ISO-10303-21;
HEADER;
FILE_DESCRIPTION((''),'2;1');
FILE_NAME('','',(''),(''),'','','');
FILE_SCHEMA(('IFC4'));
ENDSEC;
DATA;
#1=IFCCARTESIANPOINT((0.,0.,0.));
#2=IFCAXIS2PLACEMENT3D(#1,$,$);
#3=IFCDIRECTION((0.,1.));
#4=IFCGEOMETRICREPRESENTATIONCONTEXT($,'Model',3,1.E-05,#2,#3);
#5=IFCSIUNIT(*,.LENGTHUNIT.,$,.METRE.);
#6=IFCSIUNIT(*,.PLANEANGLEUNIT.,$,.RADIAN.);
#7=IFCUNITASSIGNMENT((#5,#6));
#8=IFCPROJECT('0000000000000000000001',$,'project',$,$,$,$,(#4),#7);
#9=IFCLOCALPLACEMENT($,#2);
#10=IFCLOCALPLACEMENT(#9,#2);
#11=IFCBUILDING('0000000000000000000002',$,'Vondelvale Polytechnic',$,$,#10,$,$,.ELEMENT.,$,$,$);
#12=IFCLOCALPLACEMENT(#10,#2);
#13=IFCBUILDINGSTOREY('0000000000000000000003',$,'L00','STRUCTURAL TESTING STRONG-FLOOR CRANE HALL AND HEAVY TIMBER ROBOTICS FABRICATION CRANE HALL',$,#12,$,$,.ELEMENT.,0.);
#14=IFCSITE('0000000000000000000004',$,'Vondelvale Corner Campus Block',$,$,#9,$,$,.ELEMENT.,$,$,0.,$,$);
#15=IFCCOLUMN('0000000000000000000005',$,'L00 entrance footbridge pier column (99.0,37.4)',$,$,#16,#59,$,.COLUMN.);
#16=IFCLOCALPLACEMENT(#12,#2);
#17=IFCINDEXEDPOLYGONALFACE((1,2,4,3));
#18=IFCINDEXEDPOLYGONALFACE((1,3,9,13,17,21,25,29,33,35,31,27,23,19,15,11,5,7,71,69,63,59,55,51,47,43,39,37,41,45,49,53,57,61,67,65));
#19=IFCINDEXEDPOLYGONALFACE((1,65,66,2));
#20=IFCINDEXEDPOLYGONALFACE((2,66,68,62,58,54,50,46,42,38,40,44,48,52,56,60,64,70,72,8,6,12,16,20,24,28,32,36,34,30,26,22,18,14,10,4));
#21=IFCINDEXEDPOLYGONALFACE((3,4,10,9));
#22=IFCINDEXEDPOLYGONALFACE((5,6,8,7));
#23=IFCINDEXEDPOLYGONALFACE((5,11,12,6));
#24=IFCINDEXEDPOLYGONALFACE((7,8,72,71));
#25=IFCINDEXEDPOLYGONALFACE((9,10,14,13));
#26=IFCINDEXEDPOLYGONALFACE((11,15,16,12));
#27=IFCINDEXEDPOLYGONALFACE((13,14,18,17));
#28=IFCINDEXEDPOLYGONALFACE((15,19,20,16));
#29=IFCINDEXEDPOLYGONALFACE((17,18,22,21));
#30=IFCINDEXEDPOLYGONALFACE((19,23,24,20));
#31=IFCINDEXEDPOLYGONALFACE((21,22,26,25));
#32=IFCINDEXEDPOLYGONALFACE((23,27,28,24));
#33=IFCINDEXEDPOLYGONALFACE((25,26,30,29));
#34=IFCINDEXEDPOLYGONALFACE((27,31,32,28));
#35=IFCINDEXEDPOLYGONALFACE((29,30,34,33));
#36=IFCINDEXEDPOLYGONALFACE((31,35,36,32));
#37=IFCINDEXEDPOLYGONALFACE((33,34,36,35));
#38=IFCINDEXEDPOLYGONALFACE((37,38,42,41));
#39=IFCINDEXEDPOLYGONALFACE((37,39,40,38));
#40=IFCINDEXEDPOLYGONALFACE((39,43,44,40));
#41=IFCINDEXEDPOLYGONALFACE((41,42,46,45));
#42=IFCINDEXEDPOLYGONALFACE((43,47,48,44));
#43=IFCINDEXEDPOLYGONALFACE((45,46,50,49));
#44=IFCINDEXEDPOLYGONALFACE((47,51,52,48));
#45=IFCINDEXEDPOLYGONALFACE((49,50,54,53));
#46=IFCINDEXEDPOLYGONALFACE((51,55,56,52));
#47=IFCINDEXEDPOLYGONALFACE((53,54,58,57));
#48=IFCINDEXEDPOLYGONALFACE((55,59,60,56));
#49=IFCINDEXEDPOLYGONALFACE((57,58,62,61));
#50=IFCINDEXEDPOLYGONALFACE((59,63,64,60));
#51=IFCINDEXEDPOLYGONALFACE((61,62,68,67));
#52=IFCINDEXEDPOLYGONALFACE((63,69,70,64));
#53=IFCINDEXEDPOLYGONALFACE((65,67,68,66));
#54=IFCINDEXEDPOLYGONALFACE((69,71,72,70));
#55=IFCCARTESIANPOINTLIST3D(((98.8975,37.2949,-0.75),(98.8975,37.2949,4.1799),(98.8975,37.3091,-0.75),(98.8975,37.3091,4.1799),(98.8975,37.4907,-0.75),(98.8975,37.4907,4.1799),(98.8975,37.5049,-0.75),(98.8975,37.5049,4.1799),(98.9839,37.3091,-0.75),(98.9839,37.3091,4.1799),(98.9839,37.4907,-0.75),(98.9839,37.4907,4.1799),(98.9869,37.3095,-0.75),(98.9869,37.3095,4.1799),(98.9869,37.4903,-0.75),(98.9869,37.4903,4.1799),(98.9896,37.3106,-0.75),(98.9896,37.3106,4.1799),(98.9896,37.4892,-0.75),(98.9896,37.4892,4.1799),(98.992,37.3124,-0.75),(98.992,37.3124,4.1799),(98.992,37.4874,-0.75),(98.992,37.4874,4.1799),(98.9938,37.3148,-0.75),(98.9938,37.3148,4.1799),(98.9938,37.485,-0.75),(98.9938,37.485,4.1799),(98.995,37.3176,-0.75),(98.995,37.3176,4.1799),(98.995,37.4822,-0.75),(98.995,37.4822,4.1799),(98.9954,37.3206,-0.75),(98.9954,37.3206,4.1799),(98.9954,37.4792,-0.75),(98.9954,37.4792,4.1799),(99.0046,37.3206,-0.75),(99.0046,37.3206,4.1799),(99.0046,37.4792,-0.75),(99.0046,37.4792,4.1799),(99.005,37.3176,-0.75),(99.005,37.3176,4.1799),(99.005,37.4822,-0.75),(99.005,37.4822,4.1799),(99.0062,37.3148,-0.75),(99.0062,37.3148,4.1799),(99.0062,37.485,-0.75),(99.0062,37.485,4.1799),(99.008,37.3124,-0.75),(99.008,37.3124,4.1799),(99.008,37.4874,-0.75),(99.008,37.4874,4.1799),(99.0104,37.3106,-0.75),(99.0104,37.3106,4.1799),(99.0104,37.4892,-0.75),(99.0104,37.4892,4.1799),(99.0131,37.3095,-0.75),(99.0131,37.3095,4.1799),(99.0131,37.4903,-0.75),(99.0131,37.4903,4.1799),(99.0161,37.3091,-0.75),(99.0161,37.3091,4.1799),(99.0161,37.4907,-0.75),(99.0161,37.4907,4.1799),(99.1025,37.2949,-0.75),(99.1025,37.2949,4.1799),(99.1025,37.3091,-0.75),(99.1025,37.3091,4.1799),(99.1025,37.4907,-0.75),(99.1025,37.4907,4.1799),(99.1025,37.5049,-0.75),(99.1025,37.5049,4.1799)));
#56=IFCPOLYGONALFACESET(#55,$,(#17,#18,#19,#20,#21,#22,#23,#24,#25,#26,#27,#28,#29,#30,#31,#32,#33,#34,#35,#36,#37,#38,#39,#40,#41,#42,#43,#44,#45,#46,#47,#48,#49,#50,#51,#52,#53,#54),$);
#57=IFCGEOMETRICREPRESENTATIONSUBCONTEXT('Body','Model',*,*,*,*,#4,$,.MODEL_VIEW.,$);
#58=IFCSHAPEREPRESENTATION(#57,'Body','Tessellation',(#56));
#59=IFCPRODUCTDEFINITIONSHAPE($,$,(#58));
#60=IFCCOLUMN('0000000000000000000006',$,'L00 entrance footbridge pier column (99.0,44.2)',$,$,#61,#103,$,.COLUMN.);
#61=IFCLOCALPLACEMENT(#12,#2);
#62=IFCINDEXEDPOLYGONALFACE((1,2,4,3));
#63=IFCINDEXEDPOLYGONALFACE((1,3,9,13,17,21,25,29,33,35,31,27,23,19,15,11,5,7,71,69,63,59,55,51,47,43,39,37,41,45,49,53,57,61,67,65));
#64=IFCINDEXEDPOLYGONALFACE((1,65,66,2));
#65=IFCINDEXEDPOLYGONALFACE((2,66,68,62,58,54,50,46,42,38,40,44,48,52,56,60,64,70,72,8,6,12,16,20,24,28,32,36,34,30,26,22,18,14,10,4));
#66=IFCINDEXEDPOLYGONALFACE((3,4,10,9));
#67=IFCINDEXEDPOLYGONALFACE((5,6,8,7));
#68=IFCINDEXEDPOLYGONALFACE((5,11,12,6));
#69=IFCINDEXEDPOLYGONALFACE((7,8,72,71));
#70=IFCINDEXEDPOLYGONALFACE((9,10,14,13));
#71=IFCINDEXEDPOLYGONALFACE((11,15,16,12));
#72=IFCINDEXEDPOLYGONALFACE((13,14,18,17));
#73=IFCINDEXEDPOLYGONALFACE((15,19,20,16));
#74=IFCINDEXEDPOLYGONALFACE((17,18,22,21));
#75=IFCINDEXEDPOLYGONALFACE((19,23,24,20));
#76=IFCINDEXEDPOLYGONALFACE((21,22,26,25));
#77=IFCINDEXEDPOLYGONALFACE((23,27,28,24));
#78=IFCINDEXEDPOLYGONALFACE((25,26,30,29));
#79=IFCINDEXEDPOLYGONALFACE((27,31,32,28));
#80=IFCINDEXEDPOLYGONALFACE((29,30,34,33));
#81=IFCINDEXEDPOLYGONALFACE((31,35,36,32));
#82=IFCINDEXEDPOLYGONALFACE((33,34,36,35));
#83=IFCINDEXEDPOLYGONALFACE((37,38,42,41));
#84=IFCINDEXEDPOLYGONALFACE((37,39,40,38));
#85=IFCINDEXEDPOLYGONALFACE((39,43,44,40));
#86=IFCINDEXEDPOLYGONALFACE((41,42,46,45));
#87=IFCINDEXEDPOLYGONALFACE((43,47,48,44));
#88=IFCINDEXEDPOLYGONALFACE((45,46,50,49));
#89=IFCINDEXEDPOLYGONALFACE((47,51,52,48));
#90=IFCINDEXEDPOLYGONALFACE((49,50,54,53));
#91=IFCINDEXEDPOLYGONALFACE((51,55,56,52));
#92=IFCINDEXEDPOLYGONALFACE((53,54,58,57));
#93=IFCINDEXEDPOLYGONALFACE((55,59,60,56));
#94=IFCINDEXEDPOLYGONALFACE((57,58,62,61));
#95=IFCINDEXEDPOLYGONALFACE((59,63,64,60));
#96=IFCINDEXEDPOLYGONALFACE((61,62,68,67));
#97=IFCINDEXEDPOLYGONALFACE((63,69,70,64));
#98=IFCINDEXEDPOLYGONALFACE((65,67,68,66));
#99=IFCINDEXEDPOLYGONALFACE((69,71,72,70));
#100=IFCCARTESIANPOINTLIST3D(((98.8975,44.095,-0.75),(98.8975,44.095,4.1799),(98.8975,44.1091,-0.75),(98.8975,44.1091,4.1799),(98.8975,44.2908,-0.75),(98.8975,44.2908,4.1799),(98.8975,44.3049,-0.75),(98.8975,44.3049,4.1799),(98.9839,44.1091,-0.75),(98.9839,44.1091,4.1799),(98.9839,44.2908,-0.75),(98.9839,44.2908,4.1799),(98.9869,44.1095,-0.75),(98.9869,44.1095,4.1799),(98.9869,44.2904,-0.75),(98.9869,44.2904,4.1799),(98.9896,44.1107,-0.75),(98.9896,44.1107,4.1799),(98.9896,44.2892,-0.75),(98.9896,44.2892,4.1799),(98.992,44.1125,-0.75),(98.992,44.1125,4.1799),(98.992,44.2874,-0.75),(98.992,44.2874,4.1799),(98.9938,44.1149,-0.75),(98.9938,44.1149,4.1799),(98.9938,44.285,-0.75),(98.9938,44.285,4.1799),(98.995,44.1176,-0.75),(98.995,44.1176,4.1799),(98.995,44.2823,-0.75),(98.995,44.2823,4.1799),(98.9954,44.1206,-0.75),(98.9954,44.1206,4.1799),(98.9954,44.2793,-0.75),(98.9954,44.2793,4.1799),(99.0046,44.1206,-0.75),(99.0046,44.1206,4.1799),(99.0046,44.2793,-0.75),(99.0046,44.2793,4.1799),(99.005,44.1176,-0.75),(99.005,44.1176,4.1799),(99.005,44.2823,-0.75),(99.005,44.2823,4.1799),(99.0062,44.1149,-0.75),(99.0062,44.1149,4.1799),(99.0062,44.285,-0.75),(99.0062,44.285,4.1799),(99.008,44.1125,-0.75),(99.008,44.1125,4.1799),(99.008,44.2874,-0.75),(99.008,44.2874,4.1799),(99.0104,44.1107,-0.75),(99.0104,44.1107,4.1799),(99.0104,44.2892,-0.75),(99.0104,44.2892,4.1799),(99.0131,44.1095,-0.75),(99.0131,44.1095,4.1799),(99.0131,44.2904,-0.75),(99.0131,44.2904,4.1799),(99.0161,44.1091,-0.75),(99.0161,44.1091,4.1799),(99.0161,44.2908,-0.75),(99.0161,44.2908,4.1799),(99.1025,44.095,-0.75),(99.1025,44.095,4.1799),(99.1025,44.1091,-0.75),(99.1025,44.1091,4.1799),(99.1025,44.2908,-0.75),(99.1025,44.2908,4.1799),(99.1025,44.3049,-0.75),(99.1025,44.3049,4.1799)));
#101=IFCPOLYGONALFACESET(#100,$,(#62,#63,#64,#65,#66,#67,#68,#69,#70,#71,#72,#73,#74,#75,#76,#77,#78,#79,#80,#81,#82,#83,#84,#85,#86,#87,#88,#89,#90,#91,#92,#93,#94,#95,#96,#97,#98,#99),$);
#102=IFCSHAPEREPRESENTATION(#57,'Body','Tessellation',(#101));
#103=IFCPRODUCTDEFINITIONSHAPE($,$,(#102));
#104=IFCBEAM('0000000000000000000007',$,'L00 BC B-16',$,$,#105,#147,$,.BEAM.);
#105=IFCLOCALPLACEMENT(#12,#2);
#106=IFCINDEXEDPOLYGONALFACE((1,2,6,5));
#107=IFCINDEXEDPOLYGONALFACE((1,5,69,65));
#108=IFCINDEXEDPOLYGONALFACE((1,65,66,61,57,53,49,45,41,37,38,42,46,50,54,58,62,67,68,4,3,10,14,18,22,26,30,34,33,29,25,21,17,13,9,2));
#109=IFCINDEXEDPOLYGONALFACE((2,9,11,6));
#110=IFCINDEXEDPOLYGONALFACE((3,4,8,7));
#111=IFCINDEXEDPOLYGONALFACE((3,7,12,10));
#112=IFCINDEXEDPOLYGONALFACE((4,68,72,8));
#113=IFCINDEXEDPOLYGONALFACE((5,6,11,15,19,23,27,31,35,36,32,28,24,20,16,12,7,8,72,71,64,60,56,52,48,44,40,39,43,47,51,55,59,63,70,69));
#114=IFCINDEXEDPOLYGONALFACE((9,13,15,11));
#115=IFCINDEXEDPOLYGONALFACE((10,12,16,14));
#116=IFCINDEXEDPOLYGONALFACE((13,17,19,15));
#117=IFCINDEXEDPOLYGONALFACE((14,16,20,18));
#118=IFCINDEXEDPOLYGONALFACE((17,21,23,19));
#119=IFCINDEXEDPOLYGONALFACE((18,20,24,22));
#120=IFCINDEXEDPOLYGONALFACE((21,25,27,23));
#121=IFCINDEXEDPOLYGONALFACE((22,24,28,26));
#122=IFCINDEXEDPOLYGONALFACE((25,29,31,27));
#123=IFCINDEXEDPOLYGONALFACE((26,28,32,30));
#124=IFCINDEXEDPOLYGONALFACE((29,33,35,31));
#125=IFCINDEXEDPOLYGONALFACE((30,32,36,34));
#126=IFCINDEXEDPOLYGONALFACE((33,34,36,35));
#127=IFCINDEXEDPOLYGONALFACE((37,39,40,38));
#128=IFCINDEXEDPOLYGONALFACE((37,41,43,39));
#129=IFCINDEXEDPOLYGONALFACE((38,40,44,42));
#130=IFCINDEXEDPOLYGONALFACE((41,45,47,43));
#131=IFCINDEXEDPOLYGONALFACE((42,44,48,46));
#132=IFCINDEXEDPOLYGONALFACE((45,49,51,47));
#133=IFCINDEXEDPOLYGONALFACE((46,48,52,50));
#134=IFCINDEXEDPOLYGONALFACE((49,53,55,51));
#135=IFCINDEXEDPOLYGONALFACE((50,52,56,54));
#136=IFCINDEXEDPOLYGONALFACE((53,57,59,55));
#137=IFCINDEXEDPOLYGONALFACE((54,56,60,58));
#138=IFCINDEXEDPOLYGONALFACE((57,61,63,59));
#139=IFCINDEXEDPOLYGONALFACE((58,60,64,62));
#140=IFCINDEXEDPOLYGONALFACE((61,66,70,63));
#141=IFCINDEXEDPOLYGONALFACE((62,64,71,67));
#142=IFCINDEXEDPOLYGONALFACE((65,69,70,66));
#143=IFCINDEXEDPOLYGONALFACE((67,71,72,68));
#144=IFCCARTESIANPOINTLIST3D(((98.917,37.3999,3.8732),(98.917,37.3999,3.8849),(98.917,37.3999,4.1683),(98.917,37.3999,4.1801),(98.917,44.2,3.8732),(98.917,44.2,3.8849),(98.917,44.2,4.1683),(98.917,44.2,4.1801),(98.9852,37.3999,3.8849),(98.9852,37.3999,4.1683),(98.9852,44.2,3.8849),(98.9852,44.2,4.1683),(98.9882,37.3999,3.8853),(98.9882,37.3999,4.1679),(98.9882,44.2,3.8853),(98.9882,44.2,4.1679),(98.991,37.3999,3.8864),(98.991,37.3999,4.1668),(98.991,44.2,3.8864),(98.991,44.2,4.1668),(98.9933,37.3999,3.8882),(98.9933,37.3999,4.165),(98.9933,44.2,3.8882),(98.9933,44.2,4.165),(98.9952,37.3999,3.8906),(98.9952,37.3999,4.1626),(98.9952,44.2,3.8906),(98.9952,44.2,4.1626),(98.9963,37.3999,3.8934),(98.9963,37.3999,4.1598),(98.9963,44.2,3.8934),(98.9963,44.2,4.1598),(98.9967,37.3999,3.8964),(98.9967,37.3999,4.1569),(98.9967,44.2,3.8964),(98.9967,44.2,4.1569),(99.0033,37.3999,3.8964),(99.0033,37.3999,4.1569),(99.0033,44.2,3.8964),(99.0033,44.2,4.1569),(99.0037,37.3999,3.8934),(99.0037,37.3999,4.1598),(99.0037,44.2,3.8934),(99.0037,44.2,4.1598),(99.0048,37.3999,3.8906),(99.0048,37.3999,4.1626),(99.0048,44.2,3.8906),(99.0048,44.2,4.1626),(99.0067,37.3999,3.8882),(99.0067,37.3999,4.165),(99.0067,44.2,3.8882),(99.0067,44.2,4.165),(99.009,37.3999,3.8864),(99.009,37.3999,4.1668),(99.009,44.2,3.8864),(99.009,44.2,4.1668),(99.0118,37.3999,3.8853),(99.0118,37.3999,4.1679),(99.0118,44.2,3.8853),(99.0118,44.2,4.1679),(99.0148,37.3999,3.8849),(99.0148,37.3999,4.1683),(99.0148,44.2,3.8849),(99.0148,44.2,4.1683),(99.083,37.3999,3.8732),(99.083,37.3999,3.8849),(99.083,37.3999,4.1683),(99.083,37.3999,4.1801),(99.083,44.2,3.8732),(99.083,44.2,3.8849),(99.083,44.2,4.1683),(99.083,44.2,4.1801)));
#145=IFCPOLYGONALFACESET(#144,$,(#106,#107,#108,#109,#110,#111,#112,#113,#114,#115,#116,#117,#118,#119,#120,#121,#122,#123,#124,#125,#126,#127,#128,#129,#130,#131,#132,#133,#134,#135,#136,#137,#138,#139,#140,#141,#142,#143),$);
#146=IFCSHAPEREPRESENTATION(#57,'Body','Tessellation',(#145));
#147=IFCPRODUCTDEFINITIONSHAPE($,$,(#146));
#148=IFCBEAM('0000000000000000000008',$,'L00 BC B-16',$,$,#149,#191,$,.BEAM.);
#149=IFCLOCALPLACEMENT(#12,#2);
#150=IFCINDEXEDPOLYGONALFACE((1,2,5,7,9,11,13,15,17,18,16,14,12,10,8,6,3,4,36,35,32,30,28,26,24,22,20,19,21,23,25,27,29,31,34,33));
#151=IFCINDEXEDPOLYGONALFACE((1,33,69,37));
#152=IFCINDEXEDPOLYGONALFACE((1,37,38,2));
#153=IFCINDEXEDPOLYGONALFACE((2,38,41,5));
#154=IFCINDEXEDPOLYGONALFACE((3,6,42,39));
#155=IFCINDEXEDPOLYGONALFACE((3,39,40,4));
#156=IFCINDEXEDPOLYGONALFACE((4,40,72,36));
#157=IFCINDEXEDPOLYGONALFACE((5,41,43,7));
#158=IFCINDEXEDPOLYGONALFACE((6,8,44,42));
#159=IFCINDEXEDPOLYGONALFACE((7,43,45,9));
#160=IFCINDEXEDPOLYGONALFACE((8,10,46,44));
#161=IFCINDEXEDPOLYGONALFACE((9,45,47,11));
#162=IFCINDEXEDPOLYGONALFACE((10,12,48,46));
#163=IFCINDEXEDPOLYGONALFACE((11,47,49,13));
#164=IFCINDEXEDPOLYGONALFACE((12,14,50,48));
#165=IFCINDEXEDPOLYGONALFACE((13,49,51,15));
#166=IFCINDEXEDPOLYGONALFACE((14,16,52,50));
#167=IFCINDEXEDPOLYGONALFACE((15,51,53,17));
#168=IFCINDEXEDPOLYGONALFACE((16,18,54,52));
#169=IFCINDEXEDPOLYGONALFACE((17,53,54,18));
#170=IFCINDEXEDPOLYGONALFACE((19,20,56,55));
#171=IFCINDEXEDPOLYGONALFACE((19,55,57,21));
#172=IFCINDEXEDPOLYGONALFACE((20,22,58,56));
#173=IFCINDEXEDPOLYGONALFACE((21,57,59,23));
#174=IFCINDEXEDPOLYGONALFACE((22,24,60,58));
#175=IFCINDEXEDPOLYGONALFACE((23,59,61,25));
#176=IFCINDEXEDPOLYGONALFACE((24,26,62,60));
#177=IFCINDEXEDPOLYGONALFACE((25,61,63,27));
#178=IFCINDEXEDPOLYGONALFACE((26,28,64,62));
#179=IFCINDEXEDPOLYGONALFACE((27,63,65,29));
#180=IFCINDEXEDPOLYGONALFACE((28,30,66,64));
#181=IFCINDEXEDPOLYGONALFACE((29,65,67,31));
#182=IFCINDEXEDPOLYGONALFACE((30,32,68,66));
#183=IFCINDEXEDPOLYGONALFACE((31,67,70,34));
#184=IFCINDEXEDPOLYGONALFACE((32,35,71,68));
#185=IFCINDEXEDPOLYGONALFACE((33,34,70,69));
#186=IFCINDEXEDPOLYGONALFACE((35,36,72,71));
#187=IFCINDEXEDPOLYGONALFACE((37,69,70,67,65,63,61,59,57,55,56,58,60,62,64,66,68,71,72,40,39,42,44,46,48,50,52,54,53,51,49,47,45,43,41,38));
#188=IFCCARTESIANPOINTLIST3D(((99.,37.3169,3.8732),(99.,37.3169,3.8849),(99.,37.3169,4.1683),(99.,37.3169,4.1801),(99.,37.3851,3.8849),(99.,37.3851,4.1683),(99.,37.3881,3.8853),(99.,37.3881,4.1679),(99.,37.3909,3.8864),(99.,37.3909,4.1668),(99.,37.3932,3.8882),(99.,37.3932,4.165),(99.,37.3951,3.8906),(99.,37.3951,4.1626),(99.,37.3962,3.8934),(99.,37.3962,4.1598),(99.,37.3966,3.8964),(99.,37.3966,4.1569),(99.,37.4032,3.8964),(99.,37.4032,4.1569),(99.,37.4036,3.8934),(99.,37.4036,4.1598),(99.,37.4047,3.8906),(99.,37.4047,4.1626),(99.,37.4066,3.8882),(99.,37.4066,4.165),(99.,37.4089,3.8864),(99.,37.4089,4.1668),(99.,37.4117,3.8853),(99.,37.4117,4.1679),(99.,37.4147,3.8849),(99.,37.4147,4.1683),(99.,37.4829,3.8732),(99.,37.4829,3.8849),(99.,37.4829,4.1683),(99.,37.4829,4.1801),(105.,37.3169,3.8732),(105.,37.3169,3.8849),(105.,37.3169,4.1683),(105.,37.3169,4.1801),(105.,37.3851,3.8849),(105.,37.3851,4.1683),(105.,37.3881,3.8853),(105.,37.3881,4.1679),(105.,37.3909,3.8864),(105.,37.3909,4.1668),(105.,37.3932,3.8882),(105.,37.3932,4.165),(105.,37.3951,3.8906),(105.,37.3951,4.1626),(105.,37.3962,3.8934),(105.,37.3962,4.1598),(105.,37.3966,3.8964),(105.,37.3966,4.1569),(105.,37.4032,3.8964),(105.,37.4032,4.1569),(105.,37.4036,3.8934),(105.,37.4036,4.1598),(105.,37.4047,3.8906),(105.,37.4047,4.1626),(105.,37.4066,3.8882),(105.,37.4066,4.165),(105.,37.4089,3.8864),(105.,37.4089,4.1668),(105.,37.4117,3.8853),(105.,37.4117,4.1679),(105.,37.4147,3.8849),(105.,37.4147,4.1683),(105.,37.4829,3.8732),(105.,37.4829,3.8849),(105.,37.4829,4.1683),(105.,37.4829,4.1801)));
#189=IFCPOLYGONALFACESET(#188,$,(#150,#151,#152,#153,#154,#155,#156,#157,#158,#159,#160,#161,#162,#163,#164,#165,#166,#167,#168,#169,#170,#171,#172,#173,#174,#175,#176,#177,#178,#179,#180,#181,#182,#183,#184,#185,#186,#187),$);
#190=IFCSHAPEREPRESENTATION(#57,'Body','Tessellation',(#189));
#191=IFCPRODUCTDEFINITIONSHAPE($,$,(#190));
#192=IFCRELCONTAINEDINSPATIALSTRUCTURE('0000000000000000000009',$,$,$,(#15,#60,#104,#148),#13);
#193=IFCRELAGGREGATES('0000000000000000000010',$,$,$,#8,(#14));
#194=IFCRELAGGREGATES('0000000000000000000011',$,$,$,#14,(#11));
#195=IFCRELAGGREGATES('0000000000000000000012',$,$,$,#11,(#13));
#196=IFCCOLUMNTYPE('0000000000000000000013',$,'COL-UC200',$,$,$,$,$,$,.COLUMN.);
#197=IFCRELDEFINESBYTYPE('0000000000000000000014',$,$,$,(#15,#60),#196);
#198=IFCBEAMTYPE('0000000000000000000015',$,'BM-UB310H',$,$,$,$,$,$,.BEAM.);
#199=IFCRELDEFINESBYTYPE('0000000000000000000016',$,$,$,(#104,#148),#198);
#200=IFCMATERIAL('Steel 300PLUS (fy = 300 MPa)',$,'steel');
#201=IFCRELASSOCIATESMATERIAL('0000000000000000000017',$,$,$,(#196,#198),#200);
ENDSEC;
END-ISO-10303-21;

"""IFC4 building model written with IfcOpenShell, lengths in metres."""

from ifc_helpers import new_model, si_unit, direction, frame, origin, origin_2d, place, context, subcontext, project, spatial, i_section, extrude, material, material_profile, profile_set, type_object, element, save


model = new_model("IFC4")

# Units and contexts
model_context = context("Model", 3, precision=1e-05, world=origin(), true_north=direction((0.0, 1.0)))
body_context = subcontext(model_context, "Body", "Model", "MODEL_VIEW")
ifc_project = project(units=[si_unit("LENGTHUNIT", "METRE"), si_unit("PLANEANGLEUNIT", "RADIAN")], contexts=[model_context])

# Site, building, storey
site_placement = place(None, origin())
site = spatial("IfcSite", under=ifc_project, at=site_placement, Name="Vondelvale Corner Campus Block", CompositionType="ELEMENT", RefElevation=0.0)
building_placement = place(site_placement, origin())
building = spatial("IfcBuilding", under=site, at=building_placement, Name="Vondelvale Polytechnic", CompositionType="ELEMENT")
storey_placement = place(building_placement, origin())
storey = spatial("IfcBuildingStorey", under=building, at=storey_placement, Name="L00", Description="STRUCTURAL TESTING STRONG-FLOOR CRANE HALL AND HEAVY TIMBER ROBOTICS FABRICATION CRANE HALL", CompositionType="ELEMENT", Elevation=0.0)

# Columns
ifc_material_1 = material(Name="Steel 300PLUS (fy = 300 MPa)", Category="steel")
ifc_material_profile_1 = material_profile(ifc_material_1, i_section(OverallWidth=0.2051, OverallDepth=0.21, WebThickness=0.0093, FlangeThickness=0.0142, FilletRadius=0.0115, at=origin_2d()), Name="200UC59.5")
ifc_profile_set_1 = profile_set([ifc_material_profile_1], Name="Steel 300PLUS (fy = 300 MPa)")
column_type_1 = type_object("IfcColumnType", Name="COL-UC200", PredefinedType="COLUMN", material=ifc_profile_set_1)
for number, where, z_axis, x_axis, name in (
    (1, (99.0, 37.3999, -0.75), (0.0, 0.0, 1.0), (1.0, 0.0, 0.0), "L00 entrance footbridge pier column (99.0,37.4)"),
    (2, (99.0, 44.2, -0.75), (0.0, 0.0, 1.0), (1.0, 0.0, 0.0), "L00 entrance footbridge pier column (99.0,44.2)"),
):
    element("IfcColumn", number, at=place(storey_placement, frame(where, z_axis=z_axis, x_axis=x_axis)), inside=storey, type_object=column_type_1, Name=name, PredefinedType="COLUMN", context=body_context, shape_type="SweptSolid", body=[
        extrude(i_section(OverallWidth=0.2051, OverallDepth=0.21, WebThickness=0.0093, FlangeThickness=0.0142, FilletRadius=0.0115, at=origin_2d()), origin(), (0.0, 0.0, 1.0), 4.9299),
    ])

# Beams
ifc_material_profile_2 = material_profile(ifc_material_1, i_section(OverallWidth=0.166, OverallDepth=0.3069, WebThickness=0.0066, FlangeThickness=0.0117, FilletRadius=0.0115, at=origin_2d()), Name="310UB46.2")
ifc_profile_set_2 = profile_set([ifc_material_profile_2], Name="Steel 300PLUS (fy = 300 MPa)")
beam_type_1 = type_object("IfcBeamType", Name="BM-UB310H", PredefinedType="BEAM", material=ifc_profile_set_2)
beam_1_placement = place(storey_placement, frame((99.0, 37.3999, 4.0266), z_axis=(0.0, 1.0, 0.0), x_axis=(-1.0, 0.0, 0.0)))
element("IfcBeam", 3, at=beam_1_placement, inside=storey, type_object=beam_type_1, Name="L00 BC B-16", PredefinedType="BEAM", context=body_context, shape_type="SweptSolid", body=[
    extrude(i_section(OverallWidth=0.166, OverallDepth=0.3069, WebThickness=0.0066, FlangeThickness=0.0117, FilletRadius=0.0115, at=origin_2d()), origin(), (0.0, 0.0, 1.0), 6.8),
])
for number, where, z_axis, x_axis, name in (
    (4, (99.0, 37.3999, 4.0266), (1.0, 0.0, 0.0), (0.0, 1.0, 0.0), "L00 BC B-16"),
):
    element("IfcBeam", number, at=place(storey_placement, frame(where, z_axis=z_axis, x_axis=x_axis)), inside=storey, type_object=beam_type_1, Name=name, PredefinedType="BEAM", context=body_context, shape_type="SweptSolid", body=[
        extrude(i_section(OverallWidth=0.166, OverallDepth=0.3069, WebThickness=0.0066, FlangeThickness=0.0117, FilletRadius=0.0115, at=origin_2d()), origin(), (0.0, 0.0, 1.0), 6.0),
    ])

save(model, "model.ifc")
